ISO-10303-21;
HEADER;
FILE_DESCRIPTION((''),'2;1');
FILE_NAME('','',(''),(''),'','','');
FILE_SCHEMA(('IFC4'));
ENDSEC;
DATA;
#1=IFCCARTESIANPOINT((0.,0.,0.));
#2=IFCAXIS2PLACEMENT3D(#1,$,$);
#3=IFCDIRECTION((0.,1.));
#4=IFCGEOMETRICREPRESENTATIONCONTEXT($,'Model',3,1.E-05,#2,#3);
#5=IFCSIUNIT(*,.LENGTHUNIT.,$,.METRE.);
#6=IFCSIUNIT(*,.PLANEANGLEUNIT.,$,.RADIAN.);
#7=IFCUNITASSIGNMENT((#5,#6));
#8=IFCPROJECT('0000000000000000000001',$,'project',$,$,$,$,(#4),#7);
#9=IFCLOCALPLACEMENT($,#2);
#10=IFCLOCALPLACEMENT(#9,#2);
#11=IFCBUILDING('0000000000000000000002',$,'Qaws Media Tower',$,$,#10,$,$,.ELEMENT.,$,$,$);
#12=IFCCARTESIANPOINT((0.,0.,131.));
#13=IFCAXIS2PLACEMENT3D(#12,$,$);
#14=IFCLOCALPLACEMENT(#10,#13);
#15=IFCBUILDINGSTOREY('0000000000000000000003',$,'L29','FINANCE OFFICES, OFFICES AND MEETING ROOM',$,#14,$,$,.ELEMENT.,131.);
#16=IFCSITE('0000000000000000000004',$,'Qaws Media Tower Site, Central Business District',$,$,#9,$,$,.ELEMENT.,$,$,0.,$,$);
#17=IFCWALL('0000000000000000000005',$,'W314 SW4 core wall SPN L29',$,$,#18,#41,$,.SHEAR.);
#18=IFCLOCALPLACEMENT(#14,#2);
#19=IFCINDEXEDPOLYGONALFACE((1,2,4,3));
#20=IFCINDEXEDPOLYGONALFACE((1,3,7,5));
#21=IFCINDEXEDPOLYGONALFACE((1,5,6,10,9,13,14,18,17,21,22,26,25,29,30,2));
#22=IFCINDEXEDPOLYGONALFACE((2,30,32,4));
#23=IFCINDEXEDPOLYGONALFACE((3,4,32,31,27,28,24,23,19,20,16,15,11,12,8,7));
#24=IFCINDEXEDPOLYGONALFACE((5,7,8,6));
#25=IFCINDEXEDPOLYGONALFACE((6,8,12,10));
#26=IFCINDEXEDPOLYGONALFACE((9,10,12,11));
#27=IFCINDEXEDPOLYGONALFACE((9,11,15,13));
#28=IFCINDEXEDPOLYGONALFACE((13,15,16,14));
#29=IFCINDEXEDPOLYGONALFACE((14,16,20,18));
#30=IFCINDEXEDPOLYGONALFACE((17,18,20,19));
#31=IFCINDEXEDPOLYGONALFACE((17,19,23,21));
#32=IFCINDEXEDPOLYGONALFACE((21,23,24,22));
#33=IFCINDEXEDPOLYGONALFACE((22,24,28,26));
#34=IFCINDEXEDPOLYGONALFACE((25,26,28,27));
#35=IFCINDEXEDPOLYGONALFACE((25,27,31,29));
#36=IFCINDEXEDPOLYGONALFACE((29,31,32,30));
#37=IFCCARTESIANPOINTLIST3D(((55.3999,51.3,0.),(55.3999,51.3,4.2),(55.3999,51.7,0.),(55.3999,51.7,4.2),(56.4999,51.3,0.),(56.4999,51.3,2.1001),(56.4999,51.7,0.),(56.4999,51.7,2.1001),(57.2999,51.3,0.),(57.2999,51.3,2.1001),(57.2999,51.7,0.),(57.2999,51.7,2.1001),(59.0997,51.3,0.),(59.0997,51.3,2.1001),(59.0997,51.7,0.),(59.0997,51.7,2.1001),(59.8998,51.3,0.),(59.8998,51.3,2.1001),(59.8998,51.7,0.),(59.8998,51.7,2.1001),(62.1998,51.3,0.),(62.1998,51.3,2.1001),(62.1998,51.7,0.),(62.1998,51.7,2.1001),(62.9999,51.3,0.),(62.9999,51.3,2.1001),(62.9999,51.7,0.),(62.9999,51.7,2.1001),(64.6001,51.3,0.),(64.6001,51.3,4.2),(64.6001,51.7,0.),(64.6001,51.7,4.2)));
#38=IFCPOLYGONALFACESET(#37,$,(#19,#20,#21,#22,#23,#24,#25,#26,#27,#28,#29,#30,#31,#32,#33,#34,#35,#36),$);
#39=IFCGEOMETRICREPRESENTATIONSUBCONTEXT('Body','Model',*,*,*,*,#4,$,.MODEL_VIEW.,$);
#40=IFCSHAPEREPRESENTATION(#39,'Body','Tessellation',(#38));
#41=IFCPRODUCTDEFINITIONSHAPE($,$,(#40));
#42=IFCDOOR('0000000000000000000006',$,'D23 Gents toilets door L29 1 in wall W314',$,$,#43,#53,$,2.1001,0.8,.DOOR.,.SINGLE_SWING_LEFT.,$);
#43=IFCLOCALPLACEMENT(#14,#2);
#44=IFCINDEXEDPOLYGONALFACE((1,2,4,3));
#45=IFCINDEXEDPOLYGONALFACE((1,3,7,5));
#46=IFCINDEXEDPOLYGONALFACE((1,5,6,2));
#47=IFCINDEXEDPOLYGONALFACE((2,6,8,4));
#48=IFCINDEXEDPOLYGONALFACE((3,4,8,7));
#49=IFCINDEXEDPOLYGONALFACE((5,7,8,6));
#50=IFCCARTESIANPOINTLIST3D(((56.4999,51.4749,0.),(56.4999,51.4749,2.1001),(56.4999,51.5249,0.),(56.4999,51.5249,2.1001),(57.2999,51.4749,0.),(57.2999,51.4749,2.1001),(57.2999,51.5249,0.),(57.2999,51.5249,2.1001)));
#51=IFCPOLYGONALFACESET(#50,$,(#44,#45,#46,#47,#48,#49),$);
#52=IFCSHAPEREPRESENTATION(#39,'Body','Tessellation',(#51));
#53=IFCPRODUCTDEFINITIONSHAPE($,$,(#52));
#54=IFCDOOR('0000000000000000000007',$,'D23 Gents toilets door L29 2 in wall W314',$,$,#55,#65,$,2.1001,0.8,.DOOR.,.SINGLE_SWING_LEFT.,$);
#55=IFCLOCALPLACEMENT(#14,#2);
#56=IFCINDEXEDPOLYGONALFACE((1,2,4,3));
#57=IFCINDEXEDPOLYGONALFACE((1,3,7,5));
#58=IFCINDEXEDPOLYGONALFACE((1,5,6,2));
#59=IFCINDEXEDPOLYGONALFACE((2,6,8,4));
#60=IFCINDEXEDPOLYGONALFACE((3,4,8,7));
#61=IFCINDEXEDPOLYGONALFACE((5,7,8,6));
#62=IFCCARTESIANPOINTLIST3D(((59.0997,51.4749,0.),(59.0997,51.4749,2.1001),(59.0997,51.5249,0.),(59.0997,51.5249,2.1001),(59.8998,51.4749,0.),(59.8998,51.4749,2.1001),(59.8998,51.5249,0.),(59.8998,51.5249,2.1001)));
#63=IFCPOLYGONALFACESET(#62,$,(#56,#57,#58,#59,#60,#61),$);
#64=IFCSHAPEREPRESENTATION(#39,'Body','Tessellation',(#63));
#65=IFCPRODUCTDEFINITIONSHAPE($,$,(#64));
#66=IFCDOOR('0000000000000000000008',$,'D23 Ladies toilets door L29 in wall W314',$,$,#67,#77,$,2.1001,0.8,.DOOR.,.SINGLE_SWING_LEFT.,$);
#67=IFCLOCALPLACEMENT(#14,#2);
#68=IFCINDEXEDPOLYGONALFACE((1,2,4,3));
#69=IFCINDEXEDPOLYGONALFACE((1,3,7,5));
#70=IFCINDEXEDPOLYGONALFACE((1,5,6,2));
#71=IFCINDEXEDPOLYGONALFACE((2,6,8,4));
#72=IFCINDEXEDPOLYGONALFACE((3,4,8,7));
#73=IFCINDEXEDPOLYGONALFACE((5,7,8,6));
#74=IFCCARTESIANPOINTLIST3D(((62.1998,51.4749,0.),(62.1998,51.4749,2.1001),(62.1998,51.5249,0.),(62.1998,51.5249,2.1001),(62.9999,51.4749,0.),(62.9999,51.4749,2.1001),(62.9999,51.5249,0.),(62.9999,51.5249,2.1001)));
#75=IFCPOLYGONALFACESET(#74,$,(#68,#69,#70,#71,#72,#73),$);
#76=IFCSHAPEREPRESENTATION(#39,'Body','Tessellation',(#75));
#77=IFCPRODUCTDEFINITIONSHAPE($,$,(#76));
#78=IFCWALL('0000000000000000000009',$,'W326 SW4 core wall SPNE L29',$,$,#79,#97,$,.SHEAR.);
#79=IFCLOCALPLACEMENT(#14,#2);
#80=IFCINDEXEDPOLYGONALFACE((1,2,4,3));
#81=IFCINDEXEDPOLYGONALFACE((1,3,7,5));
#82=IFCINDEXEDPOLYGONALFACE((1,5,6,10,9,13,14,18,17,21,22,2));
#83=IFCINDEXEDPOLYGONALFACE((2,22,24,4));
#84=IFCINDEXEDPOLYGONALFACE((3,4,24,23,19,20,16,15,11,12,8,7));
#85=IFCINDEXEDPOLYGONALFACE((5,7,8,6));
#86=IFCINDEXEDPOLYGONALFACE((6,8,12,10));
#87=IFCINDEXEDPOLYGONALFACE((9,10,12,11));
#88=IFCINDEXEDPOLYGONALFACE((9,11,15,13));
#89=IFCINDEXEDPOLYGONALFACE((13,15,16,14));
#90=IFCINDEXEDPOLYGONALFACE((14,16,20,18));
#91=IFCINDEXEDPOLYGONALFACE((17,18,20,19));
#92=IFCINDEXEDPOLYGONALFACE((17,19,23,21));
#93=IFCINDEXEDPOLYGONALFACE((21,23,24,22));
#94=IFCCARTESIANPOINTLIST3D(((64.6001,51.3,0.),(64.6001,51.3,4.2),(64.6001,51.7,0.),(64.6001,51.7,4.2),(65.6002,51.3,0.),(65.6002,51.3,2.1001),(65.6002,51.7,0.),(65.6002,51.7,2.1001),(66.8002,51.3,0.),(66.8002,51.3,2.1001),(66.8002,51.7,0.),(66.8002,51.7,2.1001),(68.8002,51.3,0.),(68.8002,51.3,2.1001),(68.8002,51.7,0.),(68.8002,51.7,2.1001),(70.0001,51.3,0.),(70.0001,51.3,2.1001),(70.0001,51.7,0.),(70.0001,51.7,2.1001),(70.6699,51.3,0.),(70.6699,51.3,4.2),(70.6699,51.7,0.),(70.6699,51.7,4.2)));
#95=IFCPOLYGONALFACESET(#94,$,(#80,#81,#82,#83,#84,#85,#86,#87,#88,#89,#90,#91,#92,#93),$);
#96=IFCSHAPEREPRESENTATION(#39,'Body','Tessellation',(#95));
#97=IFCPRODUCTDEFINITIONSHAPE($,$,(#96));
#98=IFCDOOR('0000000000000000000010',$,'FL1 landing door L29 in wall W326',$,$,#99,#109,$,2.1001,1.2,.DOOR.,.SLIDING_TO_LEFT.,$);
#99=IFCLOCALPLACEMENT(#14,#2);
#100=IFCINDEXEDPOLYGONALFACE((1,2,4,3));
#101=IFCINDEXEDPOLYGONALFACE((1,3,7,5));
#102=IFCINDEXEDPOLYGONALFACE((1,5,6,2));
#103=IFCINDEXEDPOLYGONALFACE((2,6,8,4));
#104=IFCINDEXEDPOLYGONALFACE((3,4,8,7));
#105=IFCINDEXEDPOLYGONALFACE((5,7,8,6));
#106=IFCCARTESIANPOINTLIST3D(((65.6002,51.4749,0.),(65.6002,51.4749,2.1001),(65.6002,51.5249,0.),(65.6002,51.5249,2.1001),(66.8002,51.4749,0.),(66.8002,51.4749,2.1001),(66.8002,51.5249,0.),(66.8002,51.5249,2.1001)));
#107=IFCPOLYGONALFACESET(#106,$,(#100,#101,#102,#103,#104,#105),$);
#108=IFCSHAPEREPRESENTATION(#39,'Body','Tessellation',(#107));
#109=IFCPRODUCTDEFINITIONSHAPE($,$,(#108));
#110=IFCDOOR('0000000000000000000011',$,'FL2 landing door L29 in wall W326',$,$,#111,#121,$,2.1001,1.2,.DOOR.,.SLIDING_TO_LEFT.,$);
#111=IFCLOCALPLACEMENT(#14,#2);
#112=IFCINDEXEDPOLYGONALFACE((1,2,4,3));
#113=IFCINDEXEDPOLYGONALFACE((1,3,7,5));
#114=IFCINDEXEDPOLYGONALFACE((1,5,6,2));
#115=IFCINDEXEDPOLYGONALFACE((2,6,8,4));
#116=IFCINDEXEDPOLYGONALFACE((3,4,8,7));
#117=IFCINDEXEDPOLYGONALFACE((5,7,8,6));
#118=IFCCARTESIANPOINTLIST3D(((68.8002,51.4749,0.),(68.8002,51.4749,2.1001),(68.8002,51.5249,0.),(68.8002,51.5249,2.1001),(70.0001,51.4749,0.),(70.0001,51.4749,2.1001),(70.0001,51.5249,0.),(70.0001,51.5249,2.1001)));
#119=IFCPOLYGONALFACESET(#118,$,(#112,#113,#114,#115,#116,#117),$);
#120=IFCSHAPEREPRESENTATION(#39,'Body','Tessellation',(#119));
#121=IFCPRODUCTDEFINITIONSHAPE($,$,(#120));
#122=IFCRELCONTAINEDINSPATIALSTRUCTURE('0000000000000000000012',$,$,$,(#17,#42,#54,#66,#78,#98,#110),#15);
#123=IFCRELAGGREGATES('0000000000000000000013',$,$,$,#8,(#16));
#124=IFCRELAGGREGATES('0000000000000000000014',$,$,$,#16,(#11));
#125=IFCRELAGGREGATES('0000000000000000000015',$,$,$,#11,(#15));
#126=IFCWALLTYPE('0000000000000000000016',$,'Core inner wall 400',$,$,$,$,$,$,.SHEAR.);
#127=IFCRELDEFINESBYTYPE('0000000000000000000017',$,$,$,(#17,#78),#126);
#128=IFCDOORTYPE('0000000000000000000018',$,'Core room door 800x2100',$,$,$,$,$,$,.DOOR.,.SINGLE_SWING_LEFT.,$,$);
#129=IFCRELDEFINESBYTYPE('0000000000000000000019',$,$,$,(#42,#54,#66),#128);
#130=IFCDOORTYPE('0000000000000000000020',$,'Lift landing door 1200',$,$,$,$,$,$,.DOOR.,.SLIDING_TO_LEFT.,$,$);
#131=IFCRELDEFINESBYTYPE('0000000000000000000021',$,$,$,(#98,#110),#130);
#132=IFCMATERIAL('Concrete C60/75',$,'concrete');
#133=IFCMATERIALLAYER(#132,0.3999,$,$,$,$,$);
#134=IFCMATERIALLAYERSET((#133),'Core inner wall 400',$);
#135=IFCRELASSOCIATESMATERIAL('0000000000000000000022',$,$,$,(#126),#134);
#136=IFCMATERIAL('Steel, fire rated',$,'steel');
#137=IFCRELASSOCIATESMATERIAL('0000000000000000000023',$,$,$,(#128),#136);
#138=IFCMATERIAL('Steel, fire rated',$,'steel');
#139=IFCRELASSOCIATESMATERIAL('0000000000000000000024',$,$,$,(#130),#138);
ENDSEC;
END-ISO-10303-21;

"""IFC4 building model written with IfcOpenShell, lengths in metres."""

from ifc_helpers import new_model, si_unit, direction, frame, frame_2d, origin, place, context, subcontext, project, spatial, rectangle, extrude, material, layer, layer_set, type_object, element, fill, save


model = new_model("IFC4")

# Units and contexts
model_context = context("Model", 3, precision=1e-05, world=origin(), true_north=direction((0.0, 1.0)))
body_context = subcontext(model_context, "Body", "Model", "MODEL_VIEW")
ifc_project = project(units=[si_unit("LENGTHUNIT", "METRE"), si_unit("PLANEANGLEUNIT", "RADIAN")], contexts=[model_context])

# Site, building, storey
site_placement = place(None, origin())
site = spatial("IfcSite", under=ifc_project, at=site_placement, Name="Qaws Media Tower Site, Central Business District", CompositionType="ELEMENT", RefElevation=0.0)
building_placement = place(site_placement, origin())
building = spatial("IfcBuilding", under=site, at=building_placement, Name="Qaws Media Tower", CompositionType="ELEMENT")
storey_placement = place(building_placement, frame((0.0, 0.0, 131.0)))
storey = spatial("IfcBuildingStorey", under=building, at=storey_placement, Name="L29", Description="FINANCE OFFICES, OFFICES AND MEETING ROOM", CompositionType="ELEMENT", Elevation=131.0)

# Walls, openings, doors
ifc_material_1 = material(Name="Concrete C60/75", Category="concrete")
ifc_layer_1 = layer(ifc_material_1, 0.3999)
ifc_layer_set_1 = layer_set([ifc_layer_1], Name="Core inner wall 400")
wall_type_1 = type_object("IfcWallType", Name="Core inner wall 400", PredefinedType="SHEAR", material=ifc_layer_set_1)
wall_1_placement = place(storey_placement, frame((55.3999, 51.5, 0.0), z_axis=(0.0, 0.0, 1.0), x_axis=(1.0, 0.0, 0.0)))
wall_1 = element("IfcWall", 1, at=wall_1_placement, inside=storey, type_object=wall_type_1, Name="W314 SW4 core wall SPN L29", PredefinedType="SHEAR", context=body_context, shape_type="SweptSolid", body=[
    extrude(rectangle(XDim=9.2002, YDim=0.3999, at=frame_2d((4.6001, 0.0))), origin(), (0.0, 0.0, 1.0), 4.2),
])
opening_1_placement = place(wall_1_placement, frame((1.1001, 0.0, 0.0)))
opening_1 = element("IfcOpeningElement", 2, at=opening_1_placement, cuts=wall_1, PredefinedType="OPENING", context=body_context, shape_type="SweptSolid", body=[
    extrude(rectangle(XDim=0.8, YDim=2.1001, at=frame_2d((0.3999, 1.05))), frame((0.0, 0.21, 0.0), z_axis=(0.0, -1.0, 0.0), x_axis=(1.0, 0.0, 0.0)), (0.0, 0.0, 1.0), 0.4199),
])
opening_2_placement = place(wall_1_placement, frame((3.7, 0.0, 0.0)))
opening_2 = element("IfcOpeningElement", 3, at=opening_2_placement, cuts=wall_1, PredefinedType="OPENING", context=body_context, shape_type="SweptSolid", body=[
    extrude(rectangle(XDim=0.8, YDim=2.1001, at=frame_2d((0.3999, 1.05))), frame((0.0, 0.21, 0.0), z_axis=(0.0, -1.0, 0.0), x_axis=(1.0, 0.0, 0.0)), (0.0, 0.0, 1.0), 0.4199),
])
opening_3_placement = place(wall_1_placement, frame((6.8, 0.0, 0.0)))
opening_3 = element("IfcOpeningElement", 4, at=opening_3_placement, cuts=wall_1, PredefinedType="OPENING", context=body_context, shape_type="SweptSolid", body=[
    extrude(rectangle(XDim=0.8, YDim=2.1001, at=frame_2d((0.3999, 1.05))), frame((0.0, 0.21, 0.0), z_axis=(0.0, -1.0, 0.0), x_axis=(1.0, 0.0, 0.0)), (0.0, 0.0, 1.0), 0.4199),
])
ifc_material_2 = material(Name="Steel, fire rated", Category="steel")
door_type_1 = type_object("IfcDoorType", Name="Core room door 800x2100", OperationType="SINGLE_SWING_LEFT", PredefinedType="DOOR", material=ifc_material_2)
door_1_placement = place(opening_1_placement, origin())
door_1 = element("IfcDoor", 5, at=door_1_placement, inside=storey, type_object=door_type_1, Name="D23 Gents toilets door L29 1 in wall W314", OperationType="SINGLE_SWING_LEFT", OverallHeight=2.1001, OverallWidth=0.8, PredefinedType="DOOR", context=body_context, shape_type="SweptSolid", body=[
    extrude(rectangle(XDim=0.8, YDim=2.1001, at=frame_2d((0.3999, 1.05))), frame((0.0, 0.0249, 0.0), z_axis=(0.0, -1.0, 0.0), x_axis=(1.0, 0.0, 0.0)), (0.0, 0.0, 1.0), 0.05),
])
fill(opening_1, door_1)
door_2_placement = place(opening_2_placement, origin())
door_2 = element("IfcDoor", 6, at=door_2_placement, inside=storey, type_object=door_type_1, Name="D23 Gents toilets door L29 2 in wall W314", OperationType="SINGLE_SWING_LEFT", OverallHeight=2.1001, OverallWidth=0.8, PredefinedType="DOOR", context=body_context, shape_type="SweptSolid", body=[
    extrude(rectangle(XDim=0.8, YDim=2.1001, at=frame_2d((0.3999, 1.05))), frame((0.0, 0.0249, 0.0), z_axis=(0.0, -1.0, 0.0), x_axis=(1.0, 0.0, 0.0)), (0.0, 0.0, 1.0), 0.05),
])
fill(opening_2, door_2)
door_3_placement = place(opening_3_placement, origin())
door_3 = element("IfcDoor", 7, at=door_3_placement, inside=storey, type_object=door_type_1, Name="D23 Ladies toilets door L29 in wall W314", OperationType="SINGLE_SWING_LEFT", OverallHeight=2.1001, OverallWidth=0.8, PredefinedType="DOOR", context=body_context, shape_type="SweptSolid", body=[
    extrude(rectangle(XDim=0.8, YDim=2.1001, at=frame_2d((0.3999, 1.05))), frame((0.0, 0.0249, 0.0), z_axis=(0.0, -1.0, 0.0), x_axis=(1.0, 0.0, 0.0)), (0.0, 0.0, 1.0), 0.05),
])
fill(opening_3, door_3)
wall_2_placement = place(storey_placement, frame((64.6001, 51.5, 0.0), z_axis=(0.0, 0.0, 1.0), x_axis=(1.0, 0.0, 0.0)))
wall_2 = element("IfcWall", 8, at=wall_2_placement, inside=storey, type_object=wall_type_1, Name="W326 SW4 core wall SPNE L29", PredefinedType="SHEAR", context=body_context, shape_type="SweptSolid", body=[
    extrude(rectangle(XDim=6.0698, YDim=0.3999, at=frame_2d((3.0349, 0.0))), origin(), (0.0, 0.0, 1.0), 4.2),
])
opening_4_placement = place(wall_2_placement, frame((1.0, 0.0, 0.0)))
opening_4 = element("IfcOpeningElement", 9, at=opening_4_placement, cuts=wall_2, PredefinedType="OPENING", context=body_context, shape_type="SweptSolid", body=[
    extrude(rectangle(XDim=1.2, YDim=2.1001, at=frame_2d((0.6001, 1.05))), frame((0.0, 0.21, 0.0), z_axis=(0.0, -1.0, 0.0), x_axis=(1.0, 0.0, 0.0)), (0.0, 0.0, 1.0), 0.4199),
])
opening_5_placement = place(wall_2_placement, frame((4.2, 0.0, 0.0)))
opening_5 = element("IfcOpeningElement", 10, at=opening_5_placement, cuts=wall_2, PredefinedType="OPENING", context=body_context, shape_type="SweptSolid", body=[
    extrude(rectangle(XDim=1.2, YDim=2.1001, at=frame_2d((0.6001, 1.05))), frame((0.0, 0.21, 0.0), z_axis=(0.0, -1.0, 0.0), x_axis=(1.0, 0.0, 0.0)), (0.0, 0.0, 1.0), 0.4199),
])
ifc_material_3 = material(Name="Steel, fire rated", Category="steel")
door_type_2 = type_object("IfcDoorType", Name="Lift landing door 1200", OperationType="SLIDING_TO_LEFT", PredefinedType="DOOR", material=ifc_material_3)
door_4_placement = place(opening_4_placement, origin())
door_4 = element("IfcDoor", 11, at=door_4_placement, inside=storey, type_object=door_type_2, Name="FL1 landing door L29 in wall W326", OperationType="SLIDING_TO_LEFT", OverallHeight=2.1001, OverallWidth=1.2, PredefinedType="DOOR", context=body_context, shape_type="SweptSolid", body=[
    extrude(rectangle(XDim=1.2, YDim=2.1001, at=frame_2d((0.6001, 1.05))), frame((0.0, 0.0249, 0.0), z_axis=(0.0, -1.0, 0.0), x_axis=(1.0, 0.0, 0.0)), (0.0, 0.0, 1.0), 0.05),
])
fill(opening_4, door_4)
door_5_placement = place(opening_5_placement, origin())
door_5 = element("IfcDoor", 12, at=door_5_placement, inside=storey, type_object=door_type_2, Name="FL2 landing door L29 in wall W326", OperationType="SLIDING_TO_LEFT", OverallHeight=2.1001, OverallWidth=1.2, PredefinedType="DOOR", context=body_context, shape_type="SweptSolid", body=[
    extrude(rectangle(XDim=1.2, YDim=2.1001, at=frame_2d((0.6001, 1.05))), frame((0.0, 0.0249, 0.0), z_axis=(0.0, -1.0, 0.0), x_axis=(1.0, 0.0, 0.0)), (0.0, 0.0, 1.0), 0.05),
])
fill(opening_5, door_5)

save(model, "model.ifc")
